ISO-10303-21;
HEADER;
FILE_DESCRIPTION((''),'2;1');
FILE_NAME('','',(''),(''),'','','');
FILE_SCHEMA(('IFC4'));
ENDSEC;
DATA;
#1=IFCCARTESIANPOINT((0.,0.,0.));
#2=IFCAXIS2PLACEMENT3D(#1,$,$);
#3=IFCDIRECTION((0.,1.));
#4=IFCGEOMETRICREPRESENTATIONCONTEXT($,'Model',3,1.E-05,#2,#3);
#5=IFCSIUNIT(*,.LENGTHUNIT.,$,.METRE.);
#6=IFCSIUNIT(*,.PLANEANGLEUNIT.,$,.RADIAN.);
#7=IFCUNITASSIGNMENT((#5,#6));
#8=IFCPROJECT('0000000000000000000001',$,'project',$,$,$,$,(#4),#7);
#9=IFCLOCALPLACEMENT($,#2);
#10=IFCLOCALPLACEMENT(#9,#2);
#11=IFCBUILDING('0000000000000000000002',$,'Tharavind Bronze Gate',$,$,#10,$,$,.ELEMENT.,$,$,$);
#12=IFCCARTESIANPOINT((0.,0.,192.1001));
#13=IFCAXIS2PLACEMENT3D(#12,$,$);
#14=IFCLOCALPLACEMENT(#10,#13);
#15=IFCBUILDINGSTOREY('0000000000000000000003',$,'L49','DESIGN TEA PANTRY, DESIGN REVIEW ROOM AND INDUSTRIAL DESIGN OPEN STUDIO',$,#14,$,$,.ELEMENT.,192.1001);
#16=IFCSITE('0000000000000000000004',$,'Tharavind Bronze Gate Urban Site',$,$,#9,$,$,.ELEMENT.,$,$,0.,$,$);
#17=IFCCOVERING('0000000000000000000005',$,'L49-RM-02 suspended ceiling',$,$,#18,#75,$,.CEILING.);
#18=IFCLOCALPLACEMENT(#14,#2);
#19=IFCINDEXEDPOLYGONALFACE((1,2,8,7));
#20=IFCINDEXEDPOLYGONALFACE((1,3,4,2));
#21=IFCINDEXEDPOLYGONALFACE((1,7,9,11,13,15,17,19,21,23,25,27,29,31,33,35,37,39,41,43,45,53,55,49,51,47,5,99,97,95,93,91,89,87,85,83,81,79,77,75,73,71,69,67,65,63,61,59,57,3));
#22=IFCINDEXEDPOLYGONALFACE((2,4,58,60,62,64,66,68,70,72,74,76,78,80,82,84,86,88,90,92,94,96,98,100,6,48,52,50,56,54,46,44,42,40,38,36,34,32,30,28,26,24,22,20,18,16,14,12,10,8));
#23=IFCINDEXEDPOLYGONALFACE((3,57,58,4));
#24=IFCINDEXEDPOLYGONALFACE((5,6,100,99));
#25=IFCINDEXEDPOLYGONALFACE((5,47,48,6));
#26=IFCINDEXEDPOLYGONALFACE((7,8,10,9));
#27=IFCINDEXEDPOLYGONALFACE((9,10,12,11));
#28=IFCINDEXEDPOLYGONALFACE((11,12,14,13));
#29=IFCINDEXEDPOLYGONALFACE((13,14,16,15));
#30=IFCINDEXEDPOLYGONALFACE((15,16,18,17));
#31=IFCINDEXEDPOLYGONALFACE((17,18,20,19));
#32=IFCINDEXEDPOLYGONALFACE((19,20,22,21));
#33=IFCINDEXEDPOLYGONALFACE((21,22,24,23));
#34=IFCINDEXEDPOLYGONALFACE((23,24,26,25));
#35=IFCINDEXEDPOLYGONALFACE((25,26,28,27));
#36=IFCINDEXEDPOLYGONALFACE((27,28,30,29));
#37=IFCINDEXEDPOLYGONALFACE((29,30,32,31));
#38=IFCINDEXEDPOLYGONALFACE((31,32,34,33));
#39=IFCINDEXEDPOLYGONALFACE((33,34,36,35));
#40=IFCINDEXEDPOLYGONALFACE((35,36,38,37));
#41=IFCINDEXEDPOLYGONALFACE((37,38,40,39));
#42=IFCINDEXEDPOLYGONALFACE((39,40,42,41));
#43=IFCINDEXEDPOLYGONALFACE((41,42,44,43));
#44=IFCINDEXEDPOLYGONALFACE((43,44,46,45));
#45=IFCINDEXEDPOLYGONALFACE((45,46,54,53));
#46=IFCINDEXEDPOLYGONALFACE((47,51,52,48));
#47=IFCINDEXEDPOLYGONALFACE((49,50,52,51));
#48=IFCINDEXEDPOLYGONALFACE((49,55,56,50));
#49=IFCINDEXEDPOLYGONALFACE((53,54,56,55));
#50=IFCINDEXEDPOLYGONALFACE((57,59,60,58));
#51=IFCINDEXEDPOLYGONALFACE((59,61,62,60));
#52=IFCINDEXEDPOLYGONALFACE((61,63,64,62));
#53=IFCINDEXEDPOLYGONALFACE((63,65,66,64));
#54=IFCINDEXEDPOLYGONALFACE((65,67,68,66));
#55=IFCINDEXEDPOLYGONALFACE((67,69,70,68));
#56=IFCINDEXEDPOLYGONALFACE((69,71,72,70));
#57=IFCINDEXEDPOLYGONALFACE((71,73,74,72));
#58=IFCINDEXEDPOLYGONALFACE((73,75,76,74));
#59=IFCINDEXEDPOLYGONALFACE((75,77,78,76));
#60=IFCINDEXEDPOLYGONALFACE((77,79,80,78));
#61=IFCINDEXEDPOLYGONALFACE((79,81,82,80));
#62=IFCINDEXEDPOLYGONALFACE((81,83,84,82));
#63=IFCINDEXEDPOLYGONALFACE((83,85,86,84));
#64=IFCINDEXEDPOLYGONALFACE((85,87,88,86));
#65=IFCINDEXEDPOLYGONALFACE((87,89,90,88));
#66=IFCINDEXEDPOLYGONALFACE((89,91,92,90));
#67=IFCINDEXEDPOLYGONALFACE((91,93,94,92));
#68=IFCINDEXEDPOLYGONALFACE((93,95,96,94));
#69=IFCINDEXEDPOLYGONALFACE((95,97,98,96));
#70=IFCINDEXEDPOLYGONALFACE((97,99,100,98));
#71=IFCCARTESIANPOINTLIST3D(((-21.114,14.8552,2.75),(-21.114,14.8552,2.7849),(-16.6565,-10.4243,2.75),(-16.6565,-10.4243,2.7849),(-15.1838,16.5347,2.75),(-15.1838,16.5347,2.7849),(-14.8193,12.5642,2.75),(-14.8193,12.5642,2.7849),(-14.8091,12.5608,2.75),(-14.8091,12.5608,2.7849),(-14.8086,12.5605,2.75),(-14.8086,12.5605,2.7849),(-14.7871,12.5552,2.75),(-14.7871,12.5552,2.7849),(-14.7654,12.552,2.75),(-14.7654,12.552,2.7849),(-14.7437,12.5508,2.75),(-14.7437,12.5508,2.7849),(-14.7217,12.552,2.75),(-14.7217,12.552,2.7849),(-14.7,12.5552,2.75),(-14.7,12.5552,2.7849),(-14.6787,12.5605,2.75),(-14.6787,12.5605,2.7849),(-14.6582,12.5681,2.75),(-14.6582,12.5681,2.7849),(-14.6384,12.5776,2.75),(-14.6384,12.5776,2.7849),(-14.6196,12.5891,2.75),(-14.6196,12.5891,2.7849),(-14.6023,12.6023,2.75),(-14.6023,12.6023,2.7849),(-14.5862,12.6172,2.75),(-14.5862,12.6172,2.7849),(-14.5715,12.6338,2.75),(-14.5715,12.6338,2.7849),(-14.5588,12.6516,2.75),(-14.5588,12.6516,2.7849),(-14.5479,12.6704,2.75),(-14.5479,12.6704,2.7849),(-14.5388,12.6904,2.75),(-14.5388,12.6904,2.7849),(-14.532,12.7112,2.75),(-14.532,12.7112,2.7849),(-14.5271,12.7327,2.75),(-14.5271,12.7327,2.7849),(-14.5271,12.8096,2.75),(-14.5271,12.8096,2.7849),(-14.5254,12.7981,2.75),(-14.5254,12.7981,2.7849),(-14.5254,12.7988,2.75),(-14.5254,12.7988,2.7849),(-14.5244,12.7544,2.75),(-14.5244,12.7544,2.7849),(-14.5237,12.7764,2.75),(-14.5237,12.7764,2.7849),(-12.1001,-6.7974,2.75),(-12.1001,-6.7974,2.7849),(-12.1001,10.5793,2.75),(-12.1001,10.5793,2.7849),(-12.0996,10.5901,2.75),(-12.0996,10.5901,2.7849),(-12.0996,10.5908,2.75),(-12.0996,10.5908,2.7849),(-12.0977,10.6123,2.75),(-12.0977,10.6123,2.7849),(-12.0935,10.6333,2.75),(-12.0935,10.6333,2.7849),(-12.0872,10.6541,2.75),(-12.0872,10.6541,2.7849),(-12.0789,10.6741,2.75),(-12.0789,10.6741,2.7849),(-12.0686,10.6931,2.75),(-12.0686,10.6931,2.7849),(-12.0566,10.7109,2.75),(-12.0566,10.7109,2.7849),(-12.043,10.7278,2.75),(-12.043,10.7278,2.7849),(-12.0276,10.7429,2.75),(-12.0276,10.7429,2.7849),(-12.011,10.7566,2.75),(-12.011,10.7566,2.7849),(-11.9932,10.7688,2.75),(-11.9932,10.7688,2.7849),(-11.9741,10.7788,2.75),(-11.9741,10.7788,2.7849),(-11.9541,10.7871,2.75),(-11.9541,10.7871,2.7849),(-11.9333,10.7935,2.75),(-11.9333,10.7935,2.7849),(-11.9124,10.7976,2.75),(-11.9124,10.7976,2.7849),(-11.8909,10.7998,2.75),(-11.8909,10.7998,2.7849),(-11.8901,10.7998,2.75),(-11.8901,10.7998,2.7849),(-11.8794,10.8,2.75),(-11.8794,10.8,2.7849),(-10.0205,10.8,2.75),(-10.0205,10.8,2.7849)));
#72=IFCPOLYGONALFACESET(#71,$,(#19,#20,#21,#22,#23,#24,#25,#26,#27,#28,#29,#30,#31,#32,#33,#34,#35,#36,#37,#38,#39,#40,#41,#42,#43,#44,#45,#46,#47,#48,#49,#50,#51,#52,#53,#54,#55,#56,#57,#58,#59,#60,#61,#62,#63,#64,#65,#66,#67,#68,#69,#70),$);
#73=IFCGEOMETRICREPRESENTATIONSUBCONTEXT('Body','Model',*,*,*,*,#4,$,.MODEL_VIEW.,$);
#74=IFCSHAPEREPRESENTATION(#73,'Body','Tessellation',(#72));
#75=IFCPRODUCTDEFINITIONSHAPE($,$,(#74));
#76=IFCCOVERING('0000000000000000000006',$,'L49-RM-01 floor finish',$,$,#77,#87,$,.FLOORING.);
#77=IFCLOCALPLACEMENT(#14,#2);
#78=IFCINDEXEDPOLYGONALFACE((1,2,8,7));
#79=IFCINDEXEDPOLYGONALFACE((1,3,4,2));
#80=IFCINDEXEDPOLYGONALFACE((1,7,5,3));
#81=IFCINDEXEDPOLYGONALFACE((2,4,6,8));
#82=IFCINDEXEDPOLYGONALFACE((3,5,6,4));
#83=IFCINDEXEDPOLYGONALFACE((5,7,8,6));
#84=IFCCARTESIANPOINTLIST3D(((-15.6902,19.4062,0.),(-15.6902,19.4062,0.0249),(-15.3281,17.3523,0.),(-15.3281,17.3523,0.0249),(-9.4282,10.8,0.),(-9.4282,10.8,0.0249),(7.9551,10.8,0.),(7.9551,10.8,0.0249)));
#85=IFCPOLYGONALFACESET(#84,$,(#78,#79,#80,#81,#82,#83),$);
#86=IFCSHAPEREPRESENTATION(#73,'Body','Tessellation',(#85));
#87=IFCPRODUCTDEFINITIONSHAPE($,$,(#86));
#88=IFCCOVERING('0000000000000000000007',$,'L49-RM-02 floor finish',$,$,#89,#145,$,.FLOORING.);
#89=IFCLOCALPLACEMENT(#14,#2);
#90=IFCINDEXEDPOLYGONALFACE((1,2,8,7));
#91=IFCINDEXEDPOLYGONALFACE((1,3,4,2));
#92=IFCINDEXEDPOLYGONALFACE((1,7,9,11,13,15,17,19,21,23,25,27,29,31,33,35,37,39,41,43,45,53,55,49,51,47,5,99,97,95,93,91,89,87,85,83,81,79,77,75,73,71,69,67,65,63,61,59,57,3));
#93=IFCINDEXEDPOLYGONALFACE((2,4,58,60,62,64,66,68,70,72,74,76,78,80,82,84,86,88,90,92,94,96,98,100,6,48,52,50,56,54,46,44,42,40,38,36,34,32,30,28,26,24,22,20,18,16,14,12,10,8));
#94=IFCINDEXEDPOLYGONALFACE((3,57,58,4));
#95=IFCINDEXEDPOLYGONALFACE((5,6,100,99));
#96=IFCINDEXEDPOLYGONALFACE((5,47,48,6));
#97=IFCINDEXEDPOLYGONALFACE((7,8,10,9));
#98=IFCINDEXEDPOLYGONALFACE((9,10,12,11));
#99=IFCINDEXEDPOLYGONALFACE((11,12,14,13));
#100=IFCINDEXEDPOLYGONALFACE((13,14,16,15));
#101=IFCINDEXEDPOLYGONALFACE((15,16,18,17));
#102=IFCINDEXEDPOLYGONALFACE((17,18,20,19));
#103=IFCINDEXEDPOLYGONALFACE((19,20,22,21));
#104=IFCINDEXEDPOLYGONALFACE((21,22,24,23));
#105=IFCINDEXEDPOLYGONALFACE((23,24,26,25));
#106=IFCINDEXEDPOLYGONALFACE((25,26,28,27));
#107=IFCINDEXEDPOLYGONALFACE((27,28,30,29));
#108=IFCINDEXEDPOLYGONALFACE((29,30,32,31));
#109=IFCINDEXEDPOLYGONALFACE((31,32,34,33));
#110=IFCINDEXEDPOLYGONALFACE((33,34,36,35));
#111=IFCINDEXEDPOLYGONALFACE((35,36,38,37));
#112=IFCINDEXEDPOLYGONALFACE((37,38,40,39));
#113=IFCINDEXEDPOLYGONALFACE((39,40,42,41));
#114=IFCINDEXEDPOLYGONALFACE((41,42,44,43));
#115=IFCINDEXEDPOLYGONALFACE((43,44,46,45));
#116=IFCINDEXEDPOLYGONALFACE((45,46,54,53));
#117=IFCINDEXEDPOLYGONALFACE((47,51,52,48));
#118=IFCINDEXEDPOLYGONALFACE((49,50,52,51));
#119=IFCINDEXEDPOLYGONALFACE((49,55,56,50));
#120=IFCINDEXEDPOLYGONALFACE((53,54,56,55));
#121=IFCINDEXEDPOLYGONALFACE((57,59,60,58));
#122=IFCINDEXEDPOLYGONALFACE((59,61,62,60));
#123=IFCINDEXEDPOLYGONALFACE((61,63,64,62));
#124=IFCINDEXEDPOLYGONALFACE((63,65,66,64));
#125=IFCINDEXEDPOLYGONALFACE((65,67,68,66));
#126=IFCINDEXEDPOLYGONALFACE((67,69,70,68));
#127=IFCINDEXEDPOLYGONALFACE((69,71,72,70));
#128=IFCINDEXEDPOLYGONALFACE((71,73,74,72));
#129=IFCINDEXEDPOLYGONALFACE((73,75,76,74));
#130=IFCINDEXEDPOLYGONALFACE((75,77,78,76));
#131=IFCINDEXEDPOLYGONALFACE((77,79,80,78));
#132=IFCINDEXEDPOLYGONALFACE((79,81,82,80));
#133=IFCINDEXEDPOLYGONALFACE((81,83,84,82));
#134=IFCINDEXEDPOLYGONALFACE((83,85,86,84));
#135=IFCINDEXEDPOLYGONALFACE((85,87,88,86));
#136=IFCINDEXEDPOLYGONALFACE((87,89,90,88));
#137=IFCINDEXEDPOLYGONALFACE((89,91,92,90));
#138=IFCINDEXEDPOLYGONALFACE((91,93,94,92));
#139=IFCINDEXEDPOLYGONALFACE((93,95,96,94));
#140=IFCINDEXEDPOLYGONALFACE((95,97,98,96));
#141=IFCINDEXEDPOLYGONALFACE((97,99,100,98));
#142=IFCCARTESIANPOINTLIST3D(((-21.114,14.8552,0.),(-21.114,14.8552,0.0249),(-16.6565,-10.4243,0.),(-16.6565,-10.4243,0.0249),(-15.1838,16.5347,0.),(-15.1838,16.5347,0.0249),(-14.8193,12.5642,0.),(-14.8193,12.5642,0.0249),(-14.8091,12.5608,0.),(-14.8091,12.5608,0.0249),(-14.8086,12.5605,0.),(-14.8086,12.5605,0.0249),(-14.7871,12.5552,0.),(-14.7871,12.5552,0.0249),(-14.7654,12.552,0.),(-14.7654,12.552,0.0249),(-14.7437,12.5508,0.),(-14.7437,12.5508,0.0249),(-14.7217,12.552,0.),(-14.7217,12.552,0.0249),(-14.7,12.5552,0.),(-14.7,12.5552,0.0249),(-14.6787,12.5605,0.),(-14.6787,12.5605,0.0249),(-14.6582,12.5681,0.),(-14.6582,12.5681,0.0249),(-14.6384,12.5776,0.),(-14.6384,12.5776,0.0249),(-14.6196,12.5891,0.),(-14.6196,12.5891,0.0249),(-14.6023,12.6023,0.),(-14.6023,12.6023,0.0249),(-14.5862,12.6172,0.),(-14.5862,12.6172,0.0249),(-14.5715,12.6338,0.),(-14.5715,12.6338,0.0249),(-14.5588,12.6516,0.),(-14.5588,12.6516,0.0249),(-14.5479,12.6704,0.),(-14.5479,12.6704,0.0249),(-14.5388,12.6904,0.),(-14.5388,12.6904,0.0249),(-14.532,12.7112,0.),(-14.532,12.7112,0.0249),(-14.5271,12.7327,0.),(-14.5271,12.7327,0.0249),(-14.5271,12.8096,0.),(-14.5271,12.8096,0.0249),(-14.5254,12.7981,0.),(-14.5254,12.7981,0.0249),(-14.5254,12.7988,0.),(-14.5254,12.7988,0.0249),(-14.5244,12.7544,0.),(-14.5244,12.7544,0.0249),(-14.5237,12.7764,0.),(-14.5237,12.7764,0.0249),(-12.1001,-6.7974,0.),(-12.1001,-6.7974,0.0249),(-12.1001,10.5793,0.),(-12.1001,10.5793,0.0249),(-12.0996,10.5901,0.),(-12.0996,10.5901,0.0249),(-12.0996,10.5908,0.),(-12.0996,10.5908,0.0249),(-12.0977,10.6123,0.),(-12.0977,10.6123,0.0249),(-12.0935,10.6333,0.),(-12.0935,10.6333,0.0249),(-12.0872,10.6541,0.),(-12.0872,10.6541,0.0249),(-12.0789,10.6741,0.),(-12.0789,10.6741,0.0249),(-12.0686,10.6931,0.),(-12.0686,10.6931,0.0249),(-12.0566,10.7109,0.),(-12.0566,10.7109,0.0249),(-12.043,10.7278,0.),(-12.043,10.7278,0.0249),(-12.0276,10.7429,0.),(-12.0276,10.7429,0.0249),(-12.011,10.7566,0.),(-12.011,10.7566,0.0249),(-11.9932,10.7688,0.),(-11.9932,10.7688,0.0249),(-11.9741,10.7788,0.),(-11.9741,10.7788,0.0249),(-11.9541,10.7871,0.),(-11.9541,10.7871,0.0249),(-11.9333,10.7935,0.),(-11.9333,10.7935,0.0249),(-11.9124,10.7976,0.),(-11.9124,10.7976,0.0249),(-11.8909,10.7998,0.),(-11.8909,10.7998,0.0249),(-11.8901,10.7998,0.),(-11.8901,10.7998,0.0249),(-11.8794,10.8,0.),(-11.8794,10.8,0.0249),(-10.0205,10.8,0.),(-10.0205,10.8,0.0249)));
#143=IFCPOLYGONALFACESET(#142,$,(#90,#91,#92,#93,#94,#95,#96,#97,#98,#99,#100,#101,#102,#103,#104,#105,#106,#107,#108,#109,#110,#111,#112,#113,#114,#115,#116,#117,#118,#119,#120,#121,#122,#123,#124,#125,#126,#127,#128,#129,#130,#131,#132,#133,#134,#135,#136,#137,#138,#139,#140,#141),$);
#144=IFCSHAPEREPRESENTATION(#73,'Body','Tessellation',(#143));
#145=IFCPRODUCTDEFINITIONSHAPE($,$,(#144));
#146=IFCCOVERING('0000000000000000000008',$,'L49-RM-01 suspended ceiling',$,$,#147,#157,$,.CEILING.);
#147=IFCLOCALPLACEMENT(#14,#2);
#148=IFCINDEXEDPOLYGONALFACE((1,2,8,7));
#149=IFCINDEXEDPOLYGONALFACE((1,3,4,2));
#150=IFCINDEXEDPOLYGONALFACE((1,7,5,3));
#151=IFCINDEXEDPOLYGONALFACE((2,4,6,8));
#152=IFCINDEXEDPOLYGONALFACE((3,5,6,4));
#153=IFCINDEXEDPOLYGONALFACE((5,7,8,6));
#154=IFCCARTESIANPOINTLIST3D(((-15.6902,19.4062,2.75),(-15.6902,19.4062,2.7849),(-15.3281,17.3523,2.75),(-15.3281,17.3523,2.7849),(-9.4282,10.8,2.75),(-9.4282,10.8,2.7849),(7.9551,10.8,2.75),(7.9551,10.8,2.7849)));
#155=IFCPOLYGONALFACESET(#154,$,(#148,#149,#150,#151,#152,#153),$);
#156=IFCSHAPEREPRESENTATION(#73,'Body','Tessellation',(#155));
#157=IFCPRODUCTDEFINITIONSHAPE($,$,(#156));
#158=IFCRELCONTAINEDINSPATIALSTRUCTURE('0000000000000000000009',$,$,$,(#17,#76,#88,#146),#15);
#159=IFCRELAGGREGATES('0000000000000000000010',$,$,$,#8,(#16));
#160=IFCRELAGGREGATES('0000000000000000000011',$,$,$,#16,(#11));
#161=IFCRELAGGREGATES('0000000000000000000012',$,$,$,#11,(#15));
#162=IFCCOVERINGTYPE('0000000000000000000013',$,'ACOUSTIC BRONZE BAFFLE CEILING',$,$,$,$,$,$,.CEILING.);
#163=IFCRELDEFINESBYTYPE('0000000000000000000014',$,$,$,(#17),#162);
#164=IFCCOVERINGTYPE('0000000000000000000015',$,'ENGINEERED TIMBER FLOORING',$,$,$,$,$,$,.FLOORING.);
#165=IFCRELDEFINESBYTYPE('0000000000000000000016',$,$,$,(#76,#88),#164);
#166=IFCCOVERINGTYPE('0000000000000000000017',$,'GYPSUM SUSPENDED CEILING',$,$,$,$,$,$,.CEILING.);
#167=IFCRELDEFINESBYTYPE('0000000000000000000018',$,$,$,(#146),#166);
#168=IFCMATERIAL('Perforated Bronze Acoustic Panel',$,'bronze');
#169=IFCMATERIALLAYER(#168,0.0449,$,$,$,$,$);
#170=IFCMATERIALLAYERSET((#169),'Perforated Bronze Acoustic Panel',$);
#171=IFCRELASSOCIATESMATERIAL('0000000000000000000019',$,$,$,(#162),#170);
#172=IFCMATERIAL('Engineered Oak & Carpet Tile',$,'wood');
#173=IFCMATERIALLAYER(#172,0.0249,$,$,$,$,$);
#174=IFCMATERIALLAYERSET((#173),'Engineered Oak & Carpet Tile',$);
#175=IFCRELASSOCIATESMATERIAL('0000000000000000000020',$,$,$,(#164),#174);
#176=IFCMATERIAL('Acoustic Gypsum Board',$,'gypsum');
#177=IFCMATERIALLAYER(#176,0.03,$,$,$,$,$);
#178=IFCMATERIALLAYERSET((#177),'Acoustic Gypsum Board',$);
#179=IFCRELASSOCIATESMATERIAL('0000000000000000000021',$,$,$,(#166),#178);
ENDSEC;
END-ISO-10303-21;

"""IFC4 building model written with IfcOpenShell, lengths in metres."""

from ifc_helpers import new_model, si_unit, direction, frame, origin, place, context, subcontext, project, spatial, polyline, outline, extrude, material, layer, layer_set, type_object, element, save


model = new_model("IFC4")

# Units and contexts
model_context = context("Model", 3, precision=1e-05, world=origin(), true_north=direction((0.0, 1.0)))
body_context = subcontext(model_context, "Body", "Model", "MODEL_VIEW")
ifc_project = project(units=[si_unit("LENGTHUNIT", "METRE"), si_unit("PLANEANGLEUNIT", "RADIAN")], contexts=[model_context])

# Site, building, storey
site_placement = place(None, origin())
site = spatial("IfcSite", under=ifc_project, at=site_placement, Name="Tharavind Bronze Gate Urban Site", CompositionType="ELEMENT", RefElevation=0.0)
building_placement = place(site_placement, origin())
building = spatial("IfcBuilding", under=site, at=building_placement, Name="Tharavind Bronze Gate", CompositionType="ELEMENT")
storey_placement = place(building_placement, frame((0.0, 0.0, 192.1001)))
storey = spatial("IfcBuildingStorey", under=building, at=storey_placement, Name="L49", Description="DESIGN TEA PANTRY, DESIGN REVIEW ROOM AND INDUSTRIAL DESIGN OPEN STUDIO", CompositionType="ELEMENT", Elevation=192.1001)

# Coverings
ifc_material_1 = material(Name="Perforated Bronze Acoustic Panel", Category="bronze")
ifc_layer_1 = layer(ifc_material_1, 0.0449)
ifc_layer_set_1 = layer_set([ifc_layer_1], Name="Perforated Bronze Acoustic Panel")
covering_type_1 = type_object("IfcCoveringType", Name="ACOUSTIC BRONZE BAFFLE CEILING", PredefinedType="CEILING", material=ifc_layer_set_1)
covering_1_placement = place(storey_placement, frame((0.0, 0.0, 2.75)))
element("IfcCovering", 1, at=covering_1_placement, inside=storey, type_object=covering_type_1, Name="L49-RM-02 suspended ceiling", PredefinedType="CEILING", context=body_context, shape_type="SweptSolid", body=[
    extrude(outline(polyline([(-16.6565, -10.4243), (-12.1001, -6.7974), (-12.1001, 10.5793), (-12.0996, 10.5901), (-12.0996, 10.5908), (-12.0977, 10.6123), (-12.0935, 10.6333), (-12.0872, 10.6541), (-12.0789, 10.6741), (-12.0686, 10.6931), (-12.0566, 10.7109), (-12.043, 10.7278), (-12.0276, 10.7429), (-12.011, 10.7566), (-11.9932, 10.7688), (-11.9741, 10.7788), (-11.9541, 10.7871), (-11.9333, 10.7935), (-11.9124, 10.7976), (-11.8909, 10.7998), (-11.8901, 10.7998), (-11.8794, 10.8), (-10.0205, 10.8), (-15.1838, 16.5347), (-14.5271, 12.8096), (-14.5254, 12.7988), (-14.5254, 12.7981), (-14.5237, 12.7764), (-14.5244, 12.7544), (-14.5271, 12.7327), (-14.532, 12.7112), (-14.5388, 12.6904), (-14.5479, 12.6704), (-14.5588, 12.6516), (-14.5715, 12.6338), (-14.5862, 12.6172), (-14.6023, 12.6023), (-14.6196, 12.5891), (-14.6384, 12.5776), (-14.6582, 12.5681), (-14.6787, 12.5605), (-14.7, 12.5552), (-14.7217, 12.552), (-14.7437, 12.5508), (-14.7654, 12.552), (-14.7871, 12.5552), (-14.8086, 12.5605), (-14.8091, 12.5608), (-14.8193, 12.5642), (-21.114, 14.8552), (-16.6565, -10.4243)])), origin(), (0.0, 0.0, 1.0), 0.0349),
])
ifc_material_2 = material(Name="Engineered Oak & Carpet Tile", Category="wood")
ifc_layer_2 = layer(ifc_material_2, 0.0249)
ifc_layer_set_2 = layer_set([ifc_layer_2], Name="Engineered Oak & Carpet Tile")
covering_type_2 = type_object("IfcCoveringType", Name="ENGINEERED TIMBER FLOORING", PredefinedType="FLOORING", material=ifc_layer_set_2)
covering_2_placement = place(storey_placement, origin())
element("IfcCovering", 2, at=covering_2_placement, inside=storey, type_object=covering_type_2, Name="L49-RM-01 floor finish", PredefinedType="FLOORING", context=body_context, shape_type="SweptSolid", body=[
    extrude(outline(polyline([(-15.3281, 17.3523), (-9.4282, 10.8), (7.9551, 10.8), (-15.6902, 19.4062), (-15.3281, 17.3523)])), origin(), (0.0, 0.0, 1.0), 0.0249),
])
covering_3_placement = place(storey_placement, origin())
element("IfcCovering", 3, at=covering_3_placement, inside=storey, type_object=covering_type_2, Name="L49-RM-02 floor finish", PredefinedType="FLOORING", context=body_context, shape_type="SweptSolid", body=[
    extrude(outline(polyline([(-16.6565, -10.4243), (-12.1001, -6.7974), (-12.1001, 10.5793), (-12.0996, 10.5901), (-12.0996, 10.5908), (-12.0977, 10.6123), (-12.0935, 10.6333), (-12.0872, 10.6541), (-12.0789, 10.6741), (-12.0686, 10.6931), (-12.0566, 10.7109), (-12.043, 10.7278), (-12.0276, 10.7429), (-12.011, 10.7566), (-11.9932, 10.7688), (-11.9741, 10.7788), (-11.9541, 10.7871), (-11.9333, 10.7935), (-11.9124, 10.7976), (-11.8909, 10.7998), (-11.8901, 10.7998), (-11.8794, 10.8), (-10.0205, 10.8), (-15.1838, 16.5347), (-14.5271, 12.8096), (-14.5254, 12.7988), (-14.5254, 12.7981), (-14.5237, 12.7764), (-14.5244, 12.7544), (-14.5271, 12.7327), (-14.532, 12.7112), (-14.5388, 12.6904), (-14.5479, 12.6704), (-14.5588, 12.6516), (-14.5715, 12.6338), (-14.5862, 12.6172), (-14.6023, 12.6023), (-14.6196, 12.5891), (-14.6384, 12.5776), (-14.6582, 12.5681), (-14.6787, 12.5605), (-14.7, 12.5552), (-14.7217, 12.552), (-14.7437, 12.5508), (-14.7654, 12.552), (-14.7871, 12.5552), (-14.8086, 12.5605), (-14.8091, 12.5608), (-14.8193, 12.5642), (-21.114, 14.8552), (-16.6565, -10.4243)])), origin(), (0.0, 0.0, 1.0), 0.0249),
])
ifc_material_3 = material(Name="Acoustic Gypsum Board", Category="gypsum")
ifc_layer_3 = layer(ifc_material_3, 0.03)
ifc_layer_set_3 = layer_set([ifc_layer_3], Name="Acoustic Gypsum Board")
covering_type_3 = type_object("IfcCoveringType", Name="GYPSUM SUSPENDED CEILING", PredefinedType="CEILING", material=ifc_layer_set_3)
covering_4_placement = place(storey_placement, frame((0.0, 0.0, 2.75)))
element("IfcCovering", 4, at=covering_4_placement, inside=storey, type_object=covering_type_3, Name="L49-RM-01 suspended ceiling", PredefinedType="CEILING", context=body_context, shape_type="SweptSolid", body=[
    extrude(outline(polyline([(-15.3281, 17.3523), (-9.4282, 10.8), (7.9551, 10.8), (-15.6902, 19.4062), (-15.3281, 17.3523)])), origin(), (0.0, 0.0, 1.0), 0.0349),
])

save(model, "model.ifc")
